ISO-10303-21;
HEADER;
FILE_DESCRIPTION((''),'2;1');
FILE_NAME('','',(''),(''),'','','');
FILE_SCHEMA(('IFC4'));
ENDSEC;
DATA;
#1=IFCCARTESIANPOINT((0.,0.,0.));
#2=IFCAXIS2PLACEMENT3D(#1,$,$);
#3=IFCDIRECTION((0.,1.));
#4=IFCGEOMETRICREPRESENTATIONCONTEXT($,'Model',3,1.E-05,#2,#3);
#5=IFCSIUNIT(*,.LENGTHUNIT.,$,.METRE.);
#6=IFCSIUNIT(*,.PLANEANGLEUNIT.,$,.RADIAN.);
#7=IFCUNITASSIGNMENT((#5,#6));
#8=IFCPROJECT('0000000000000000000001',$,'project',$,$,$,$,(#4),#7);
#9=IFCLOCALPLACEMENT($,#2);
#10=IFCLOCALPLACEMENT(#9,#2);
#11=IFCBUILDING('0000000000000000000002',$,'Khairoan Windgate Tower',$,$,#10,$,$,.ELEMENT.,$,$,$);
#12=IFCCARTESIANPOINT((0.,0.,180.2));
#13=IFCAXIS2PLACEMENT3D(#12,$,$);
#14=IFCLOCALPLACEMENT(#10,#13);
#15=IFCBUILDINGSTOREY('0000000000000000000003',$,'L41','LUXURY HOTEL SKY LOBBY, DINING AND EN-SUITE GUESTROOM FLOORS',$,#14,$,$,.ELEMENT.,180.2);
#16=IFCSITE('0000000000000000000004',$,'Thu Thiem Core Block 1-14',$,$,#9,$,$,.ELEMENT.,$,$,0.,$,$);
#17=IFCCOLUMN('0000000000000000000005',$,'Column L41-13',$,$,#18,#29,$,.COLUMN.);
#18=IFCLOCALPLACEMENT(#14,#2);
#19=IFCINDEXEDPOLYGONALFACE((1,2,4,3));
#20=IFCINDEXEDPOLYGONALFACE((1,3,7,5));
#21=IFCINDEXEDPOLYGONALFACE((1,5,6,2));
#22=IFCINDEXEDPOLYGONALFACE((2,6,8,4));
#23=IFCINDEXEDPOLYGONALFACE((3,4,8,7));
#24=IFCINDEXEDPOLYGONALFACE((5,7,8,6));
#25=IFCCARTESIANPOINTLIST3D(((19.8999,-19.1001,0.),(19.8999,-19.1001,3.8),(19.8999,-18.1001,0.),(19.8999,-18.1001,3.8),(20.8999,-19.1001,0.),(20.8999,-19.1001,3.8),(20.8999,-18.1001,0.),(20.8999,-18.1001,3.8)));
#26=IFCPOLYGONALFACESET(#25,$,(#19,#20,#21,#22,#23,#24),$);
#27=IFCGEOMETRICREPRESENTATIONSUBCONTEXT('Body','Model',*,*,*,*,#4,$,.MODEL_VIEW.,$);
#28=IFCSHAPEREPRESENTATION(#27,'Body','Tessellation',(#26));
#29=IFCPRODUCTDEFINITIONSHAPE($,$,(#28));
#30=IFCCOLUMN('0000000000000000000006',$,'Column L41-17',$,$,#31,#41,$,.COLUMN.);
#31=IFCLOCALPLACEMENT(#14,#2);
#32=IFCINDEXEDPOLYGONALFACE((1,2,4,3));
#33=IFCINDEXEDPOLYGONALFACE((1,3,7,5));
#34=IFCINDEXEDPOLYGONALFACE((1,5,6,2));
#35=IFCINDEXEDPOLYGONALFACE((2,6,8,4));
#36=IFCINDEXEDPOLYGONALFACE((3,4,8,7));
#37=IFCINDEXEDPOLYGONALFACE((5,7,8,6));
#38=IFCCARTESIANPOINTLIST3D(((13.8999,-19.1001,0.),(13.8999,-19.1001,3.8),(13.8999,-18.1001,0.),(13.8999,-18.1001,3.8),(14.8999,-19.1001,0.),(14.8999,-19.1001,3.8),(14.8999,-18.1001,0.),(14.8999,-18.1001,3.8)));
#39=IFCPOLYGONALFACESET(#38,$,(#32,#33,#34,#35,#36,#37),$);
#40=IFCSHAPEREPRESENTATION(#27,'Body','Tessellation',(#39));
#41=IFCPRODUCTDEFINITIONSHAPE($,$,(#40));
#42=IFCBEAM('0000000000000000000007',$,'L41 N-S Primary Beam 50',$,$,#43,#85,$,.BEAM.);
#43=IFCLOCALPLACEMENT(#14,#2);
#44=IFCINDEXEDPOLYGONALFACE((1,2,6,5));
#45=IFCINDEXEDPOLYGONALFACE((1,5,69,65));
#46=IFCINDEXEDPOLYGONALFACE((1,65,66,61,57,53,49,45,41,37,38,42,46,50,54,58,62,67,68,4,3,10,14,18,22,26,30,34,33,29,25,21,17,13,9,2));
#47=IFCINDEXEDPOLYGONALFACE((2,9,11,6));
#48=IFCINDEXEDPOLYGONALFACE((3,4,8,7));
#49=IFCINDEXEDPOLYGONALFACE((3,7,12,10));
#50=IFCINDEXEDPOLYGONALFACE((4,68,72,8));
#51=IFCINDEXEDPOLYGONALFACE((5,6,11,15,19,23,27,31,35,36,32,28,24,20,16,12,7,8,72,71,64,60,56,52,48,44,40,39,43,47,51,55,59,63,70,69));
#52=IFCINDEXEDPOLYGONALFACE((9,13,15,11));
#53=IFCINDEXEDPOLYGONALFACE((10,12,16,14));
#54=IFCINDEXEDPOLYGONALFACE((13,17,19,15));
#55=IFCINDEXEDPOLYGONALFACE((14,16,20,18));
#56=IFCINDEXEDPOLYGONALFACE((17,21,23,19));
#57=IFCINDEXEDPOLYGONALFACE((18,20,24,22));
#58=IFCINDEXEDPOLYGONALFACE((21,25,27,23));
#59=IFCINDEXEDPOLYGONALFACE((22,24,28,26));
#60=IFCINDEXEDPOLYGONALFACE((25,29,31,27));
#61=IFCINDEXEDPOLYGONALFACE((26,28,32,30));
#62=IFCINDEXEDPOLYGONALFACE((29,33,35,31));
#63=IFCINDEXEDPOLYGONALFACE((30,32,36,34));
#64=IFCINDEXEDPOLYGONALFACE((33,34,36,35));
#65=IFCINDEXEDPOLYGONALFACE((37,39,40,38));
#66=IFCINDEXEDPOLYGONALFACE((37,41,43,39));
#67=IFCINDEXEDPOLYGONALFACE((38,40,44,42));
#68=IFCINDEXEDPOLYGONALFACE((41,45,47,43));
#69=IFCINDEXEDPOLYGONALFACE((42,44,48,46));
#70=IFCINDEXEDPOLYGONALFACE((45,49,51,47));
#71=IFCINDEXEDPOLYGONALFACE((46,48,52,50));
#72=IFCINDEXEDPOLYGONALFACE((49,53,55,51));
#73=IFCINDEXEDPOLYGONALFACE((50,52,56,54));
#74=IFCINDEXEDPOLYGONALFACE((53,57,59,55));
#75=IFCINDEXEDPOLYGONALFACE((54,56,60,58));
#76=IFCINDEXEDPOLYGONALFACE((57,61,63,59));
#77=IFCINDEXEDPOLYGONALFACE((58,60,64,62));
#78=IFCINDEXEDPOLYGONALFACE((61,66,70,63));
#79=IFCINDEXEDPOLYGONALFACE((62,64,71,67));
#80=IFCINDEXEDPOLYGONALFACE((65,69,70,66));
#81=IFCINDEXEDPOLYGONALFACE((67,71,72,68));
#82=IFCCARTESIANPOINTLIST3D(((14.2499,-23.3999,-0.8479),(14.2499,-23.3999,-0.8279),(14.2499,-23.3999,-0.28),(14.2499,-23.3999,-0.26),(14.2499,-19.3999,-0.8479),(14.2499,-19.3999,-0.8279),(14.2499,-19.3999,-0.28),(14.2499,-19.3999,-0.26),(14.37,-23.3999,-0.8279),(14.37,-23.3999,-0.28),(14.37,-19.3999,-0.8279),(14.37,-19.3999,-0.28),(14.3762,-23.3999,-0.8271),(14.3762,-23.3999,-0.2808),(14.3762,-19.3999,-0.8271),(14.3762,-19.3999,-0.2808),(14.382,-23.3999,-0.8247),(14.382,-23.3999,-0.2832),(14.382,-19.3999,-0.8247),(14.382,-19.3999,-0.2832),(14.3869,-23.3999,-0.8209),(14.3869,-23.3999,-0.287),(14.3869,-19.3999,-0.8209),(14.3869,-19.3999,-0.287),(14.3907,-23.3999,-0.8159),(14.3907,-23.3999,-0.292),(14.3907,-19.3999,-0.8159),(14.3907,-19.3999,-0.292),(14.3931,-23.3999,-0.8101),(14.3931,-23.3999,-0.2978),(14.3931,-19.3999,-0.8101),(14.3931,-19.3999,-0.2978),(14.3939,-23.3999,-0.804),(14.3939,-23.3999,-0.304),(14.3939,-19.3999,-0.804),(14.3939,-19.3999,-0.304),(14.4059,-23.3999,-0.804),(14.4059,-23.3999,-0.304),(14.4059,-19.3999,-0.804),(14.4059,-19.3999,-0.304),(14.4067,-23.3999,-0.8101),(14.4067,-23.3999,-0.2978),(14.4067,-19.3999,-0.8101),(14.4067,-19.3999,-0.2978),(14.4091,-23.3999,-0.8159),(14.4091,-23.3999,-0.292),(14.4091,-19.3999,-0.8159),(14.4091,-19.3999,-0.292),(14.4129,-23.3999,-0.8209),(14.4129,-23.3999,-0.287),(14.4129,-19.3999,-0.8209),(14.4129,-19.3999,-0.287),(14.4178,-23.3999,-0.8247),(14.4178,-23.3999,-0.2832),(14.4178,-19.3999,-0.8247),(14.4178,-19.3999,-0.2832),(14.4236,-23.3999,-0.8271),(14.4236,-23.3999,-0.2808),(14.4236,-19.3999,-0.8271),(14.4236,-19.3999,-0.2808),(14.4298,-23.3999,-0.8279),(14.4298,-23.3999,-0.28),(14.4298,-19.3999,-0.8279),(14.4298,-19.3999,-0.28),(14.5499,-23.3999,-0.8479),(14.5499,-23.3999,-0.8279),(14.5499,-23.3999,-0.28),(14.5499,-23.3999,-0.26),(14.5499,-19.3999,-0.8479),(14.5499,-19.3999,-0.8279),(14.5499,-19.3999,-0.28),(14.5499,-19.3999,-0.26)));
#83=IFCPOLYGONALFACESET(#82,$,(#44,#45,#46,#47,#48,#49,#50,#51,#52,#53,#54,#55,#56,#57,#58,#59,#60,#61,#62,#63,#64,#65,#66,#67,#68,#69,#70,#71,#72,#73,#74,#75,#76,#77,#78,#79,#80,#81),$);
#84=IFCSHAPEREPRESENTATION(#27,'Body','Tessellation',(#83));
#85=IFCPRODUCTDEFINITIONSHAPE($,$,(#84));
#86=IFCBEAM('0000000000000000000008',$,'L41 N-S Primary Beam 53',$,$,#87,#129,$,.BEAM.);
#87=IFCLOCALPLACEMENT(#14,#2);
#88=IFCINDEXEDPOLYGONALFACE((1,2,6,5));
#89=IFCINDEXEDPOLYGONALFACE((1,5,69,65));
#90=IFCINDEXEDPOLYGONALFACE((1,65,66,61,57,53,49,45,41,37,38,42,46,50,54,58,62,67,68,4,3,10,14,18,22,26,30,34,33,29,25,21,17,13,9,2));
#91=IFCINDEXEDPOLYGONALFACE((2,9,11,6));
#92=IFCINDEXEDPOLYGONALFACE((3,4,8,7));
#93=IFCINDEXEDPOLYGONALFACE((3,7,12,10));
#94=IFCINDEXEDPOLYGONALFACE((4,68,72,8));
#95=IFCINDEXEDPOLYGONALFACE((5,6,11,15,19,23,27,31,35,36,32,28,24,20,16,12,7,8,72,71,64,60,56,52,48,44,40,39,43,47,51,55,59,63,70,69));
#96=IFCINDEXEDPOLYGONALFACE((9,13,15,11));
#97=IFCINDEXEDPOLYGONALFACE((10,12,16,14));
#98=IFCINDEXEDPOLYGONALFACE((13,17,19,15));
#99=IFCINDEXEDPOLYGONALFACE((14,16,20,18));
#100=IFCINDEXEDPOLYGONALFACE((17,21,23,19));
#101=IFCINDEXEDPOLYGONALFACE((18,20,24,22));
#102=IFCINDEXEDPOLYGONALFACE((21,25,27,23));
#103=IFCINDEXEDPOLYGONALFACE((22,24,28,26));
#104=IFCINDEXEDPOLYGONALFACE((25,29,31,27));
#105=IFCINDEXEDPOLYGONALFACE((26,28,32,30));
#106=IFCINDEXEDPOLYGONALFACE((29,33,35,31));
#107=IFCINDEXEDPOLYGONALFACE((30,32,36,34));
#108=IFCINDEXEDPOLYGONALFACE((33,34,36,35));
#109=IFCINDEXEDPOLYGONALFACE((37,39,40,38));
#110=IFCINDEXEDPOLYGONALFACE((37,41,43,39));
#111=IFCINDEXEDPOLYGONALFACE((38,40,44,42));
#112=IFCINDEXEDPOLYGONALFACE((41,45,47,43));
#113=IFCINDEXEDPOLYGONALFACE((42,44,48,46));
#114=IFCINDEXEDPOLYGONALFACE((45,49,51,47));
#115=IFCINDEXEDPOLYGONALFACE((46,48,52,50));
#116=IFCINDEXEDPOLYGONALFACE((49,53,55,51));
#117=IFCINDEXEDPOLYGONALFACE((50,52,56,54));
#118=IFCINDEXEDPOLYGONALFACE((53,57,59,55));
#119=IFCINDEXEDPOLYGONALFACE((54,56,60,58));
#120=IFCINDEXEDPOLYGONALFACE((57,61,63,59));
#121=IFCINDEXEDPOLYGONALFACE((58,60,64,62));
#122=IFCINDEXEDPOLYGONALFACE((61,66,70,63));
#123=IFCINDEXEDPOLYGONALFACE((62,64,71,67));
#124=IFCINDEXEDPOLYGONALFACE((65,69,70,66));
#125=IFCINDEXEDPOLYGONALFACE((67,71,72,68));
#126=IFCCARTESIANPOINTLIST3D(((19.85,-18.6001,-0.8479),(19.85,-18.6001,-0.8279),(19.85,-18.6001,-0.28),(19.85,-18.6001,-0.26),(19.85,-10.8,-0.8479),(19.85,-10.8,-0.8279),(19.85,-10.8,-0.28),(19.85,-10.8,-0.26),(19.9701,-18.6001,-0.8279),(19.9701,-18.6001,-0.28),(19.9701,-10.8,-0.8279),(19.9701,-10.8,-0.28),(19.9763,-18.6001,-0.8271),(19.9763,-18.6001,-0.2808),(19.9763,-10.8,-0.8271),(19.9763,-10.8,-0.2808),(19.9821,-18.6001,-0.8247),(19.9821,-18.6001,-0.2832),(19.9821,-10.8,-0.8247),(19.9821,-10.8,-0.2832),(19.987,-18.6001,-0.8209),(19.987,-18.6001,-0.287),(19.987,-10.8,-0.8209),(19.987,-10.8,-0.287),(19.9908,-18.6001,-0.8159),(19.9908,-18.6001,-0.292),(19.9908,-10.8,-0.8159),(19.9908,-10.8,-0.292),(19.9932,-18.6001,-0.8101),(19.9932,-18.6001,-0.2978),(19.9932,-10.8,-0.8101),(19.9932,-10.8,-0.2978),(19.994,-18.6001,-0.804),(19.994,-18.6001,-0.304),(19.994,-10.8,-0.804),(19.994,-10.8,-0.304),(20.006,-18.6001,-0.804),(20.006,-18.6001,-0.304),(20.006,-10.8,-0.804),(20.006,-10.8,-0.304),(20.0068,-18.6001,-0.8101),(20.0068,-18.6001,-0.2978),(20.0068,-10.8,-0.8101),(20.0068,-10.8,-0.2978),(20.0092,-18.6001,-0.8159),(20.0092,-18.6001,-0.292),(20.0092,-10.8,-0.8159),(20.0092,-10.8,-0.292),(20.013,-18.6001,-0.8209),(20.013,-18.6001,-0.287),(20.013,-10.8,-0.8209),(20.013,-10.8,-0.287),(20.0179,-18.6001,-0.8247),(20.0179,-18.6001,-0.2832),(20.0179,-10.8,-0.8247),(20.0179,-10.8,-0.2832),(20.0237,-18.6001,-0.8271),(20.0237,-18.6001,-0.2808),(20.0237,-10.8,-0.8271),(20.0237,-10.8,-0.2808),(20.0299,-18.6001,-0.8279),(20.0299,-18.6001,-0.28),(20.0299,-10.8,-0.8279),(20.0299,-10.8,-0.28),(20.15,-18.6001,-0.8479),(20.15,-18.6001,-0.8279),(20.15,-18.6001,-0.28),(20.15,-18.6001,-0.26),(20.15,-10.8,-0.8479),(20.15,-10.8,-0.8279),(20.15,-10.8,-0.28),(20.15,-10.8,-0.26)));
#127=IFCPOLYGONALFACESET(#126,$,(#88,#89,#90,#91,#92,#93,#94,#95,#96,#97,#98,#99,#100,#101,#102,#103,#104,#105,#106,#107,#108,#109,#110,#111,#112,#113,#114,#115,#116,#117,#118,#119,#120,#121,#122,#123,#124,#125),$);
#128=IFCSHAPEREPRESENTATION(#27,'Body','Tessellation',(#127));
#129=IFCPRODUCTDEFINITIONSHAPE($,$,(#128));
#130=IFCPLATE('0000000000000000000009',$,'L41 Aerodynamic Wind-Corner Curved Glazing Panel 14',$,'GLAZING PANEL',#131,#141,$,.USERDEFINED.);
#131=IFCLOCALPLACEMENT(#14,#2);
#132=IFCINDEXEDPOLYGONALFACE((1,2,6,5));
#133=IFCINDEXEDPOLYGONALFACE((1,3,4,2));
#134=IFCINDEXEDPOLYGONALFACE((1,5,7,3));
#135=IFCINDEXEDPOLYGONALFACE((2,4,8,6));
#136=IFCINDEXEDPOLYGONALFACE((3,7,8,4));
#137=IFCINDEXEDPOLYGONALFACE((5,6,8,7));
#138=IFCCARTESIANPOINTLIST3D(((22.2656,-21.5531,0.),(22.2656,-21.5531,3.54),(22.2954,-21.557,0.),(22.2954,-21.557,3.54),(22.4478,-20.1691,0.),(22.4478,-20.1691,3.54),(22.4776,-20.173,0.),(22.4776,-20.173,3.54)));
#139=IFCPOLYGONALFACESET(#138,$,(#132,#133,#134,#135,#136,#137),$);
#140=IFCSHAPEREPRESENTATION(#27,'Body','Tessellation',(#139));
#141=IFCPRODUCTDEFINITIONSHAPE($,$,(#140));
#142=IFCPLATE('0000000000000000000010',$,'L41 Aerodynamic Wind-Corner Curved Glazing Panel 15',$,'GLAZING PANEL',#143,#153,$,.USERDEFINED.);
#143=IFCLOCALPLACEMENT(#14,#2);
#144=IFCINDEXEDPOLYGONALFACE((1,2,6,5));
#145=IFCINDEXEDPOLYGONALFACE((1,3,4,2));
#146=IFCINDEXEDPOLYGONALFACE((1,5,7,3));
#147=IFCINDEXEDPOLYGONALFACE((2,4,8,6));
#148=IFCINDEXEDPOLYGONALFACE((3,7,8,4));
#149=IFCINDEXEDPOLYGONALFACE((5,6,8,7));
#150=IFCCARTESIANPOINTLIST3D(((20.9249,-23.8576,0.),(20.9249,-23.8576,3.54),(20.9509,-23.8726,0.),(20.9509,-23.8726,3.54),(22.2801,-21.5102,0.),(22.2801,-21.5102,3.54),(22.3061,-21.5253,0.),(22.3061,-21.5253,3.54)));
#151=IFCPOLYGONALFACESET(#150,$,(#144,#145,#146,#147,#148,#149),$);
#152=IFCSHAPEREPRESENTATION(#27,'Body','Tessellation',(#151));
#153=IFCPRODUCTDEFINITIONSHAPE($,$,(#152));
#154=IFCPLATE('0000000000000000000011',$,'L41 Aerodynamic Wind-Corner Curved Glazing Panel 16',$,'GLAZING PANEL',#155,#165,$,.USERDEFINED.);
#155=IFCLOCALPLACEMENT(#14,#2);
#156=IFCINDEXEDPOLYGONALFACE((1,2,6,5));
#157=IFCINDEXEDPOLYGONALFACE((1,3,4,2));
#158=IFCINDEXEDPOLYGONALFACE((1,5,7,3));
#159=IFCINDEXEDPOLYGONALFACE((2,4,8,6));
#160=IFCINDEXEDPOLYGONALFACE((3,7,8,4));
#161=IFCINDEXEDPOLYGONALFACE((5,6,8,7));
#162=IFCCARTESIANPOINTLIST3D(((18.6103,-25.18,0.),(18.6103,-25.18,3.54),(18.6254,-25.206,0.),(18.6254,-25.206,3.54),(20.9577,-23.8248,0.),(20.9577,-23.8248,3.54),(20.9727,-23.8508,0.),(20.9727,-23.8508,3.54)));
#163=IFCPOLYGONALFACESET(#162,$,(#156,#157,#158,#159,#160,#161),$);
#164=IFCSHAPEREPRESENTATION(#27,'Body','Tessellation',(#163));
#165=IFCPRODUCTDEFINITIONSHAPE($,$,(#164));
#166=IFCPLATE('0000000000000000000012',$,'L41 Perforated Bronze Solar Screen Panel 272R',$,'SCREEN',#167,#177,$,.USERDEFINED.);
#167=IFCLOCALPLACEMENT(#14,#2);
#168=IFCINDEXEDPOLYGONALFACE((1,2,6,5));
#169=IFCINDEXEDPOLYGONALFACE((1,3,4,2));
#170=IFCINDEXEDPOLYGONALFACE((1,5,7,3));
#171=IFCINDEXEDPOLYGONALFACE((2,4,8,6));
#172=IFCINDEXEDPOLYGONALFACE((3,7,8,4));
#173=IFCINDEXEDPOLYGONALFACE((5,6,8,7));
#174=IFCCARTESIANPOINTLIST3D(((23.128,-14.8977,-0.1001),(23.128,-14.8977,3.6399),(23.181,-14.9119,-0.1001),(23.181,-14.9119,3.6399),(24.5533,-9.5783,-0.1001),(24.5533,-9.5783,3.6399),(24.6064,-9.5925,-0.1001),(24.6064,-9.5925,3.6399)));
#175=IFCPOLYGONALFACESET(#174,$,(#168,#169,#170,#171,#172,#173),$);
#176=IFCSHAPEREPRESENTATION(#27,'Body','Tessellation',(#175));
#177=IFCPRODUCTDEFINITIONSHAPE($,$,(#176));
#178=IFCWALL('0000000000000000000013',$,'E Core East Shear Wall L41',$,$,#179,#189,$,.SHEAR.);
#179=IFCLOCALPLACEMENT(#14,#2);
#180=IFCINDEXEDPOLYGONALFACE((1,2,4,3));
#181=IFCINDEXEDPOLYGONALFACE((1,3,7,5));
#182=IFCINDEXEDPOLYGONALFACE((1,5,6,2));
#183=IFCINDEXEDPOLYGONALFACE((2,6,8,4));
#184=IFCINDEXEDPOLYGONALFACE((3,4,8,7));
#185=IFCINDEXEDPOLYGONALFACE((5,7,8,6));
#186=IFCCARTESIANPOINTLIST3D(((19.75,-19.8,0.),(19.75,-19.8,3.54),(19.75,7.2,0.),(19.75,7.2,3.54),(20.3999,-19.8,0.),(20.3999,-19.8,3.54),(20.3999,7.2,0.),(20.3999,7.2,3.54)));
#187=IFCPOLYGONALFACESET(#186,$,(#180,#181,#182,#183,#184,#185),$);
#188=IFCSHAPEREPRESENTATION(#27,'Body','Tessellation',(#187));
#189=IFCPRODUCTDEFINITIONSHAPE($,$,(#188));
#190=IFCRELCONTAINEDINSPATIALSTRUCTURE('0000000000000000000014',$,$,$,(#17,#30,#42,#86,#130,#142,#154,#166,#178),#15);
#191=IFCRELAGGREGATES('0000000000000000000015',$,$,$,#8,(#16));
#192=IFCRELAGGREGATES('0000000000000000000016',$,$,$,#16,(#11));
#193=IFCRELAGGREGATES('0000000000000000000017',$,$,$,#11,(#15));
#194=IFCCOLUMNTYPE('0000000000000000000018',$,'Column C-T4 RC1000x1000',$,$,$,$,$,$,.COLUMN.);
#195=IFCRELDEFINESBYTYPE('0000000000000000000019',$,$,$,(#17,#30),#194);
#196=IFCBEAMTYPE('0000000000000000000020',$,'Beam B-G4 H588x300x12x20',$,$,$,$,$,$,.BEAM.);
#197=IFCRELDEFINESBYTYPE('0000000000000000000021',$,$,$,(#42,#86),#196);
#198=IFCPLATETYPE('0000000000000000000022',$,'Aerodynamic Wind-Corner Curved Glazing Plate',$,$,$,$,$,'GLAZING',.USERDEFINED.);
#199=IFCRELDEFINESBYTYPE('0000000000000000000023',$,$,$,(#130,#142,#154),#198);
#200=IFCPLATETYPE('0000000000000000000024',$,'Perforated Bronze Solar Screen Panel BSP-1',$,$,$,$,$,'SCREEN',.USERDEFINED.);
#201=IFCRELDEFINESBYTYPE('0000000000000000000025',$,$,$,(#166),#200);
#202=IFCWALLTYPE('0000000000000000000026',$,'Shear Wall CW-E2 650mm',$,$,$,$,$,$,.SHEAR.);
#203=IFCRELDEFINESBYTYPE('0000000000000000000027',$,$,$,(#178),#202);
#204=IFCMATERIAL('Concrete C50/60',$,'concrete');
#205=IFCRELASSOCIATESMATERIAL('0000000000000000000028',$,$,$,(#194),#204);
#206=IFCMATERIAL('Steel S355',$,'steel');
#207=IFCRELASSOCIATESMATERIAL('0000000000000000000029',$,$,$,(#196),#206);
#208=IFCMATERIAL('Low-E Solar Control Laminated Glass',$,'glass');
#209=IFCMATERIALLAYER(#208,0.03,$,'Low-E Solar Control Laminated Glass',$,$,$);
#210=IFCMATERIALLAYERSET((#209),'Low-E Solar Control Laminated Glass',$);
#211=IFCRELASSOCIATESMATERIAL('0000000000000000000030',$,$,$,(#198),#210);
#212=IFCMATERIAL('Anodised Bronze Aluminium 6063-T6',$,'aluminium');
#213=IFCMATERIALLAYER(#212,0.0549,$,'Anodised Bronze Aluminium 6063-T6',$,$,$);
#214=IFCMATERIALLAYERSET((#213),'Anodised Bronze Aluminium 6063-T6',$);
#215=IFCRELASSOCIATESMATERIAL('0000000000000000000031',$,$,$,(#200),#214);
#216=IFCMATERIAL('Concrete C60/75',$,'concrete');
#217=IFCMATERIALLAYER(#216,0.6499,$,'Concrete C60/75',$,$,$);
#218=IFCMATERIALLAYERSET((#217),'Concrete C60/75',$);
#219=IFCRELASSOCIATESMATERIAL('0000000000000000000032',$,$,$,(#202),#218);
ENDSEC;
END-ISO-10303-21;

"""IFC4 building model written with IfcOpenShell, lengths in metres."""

from ifc_helpers import new_model, si_unit, direction, frame, frame_2d, origin, origin_2d, place, context, subcontext, project, spatial, rectangle, i_section, extrude, material, layer, layer_set, material_profile, profile_set, type_object, element, save


model = new_model("IFC4")

# Units and contexts
model_context = context("Model", 3, precision=1e-05, world=origin(), true_north=direction((0.0, 1.0)))
body_context = subcontext(model_context, "Body", "Model", "MODEL_VIEW")
ifc_project = project(units=[si_unit("LENGTHUNIT", "METRE"), si_unit("PLANEANGLEUNIT", "RADIAN")], contexts=[model_context])

# Site, building, storey
site_placement = place(None, origin())
site = spatial("IfcSite", under=ifc_project, at=site_placement, Name="Thu Thiem Core Block 1-14", CompositionType="ELEMENT", RefElevation=0.0)
building_placement = place(site_placement, origin())
building = spatial("IfcBuilding", under=site, at=building_placement, Name="Khairoan Windgate Tower", CompositionType="ELEMENT")
storey_placement = place(building_placement, frame((0.0, 0.0, 180.2)))
storey = spatial("IfcBuildingStorey", under=building, at=storey_placement, Name="L41", Description="LUXURY HOTEL SKY LOBBY, DINING AND EN-SUITE GUESTROOM FLOORS", CompositionType="ELEMENT", Elevation=180.2)

# Columns
ifc_material_1 = material(Name="Concrete C50/60", Category="concrete")
ifc_material_profile_1 = material_profile(ifc_material_1, rectangle(XDim=1.0, YDim=1.0, at=origin_2d()))
ifc_profile_set_1 = profile_set([ifc_material_profile_1], Name="Concrete C50/60")
column_type = type_object("IfcColumnType", Name="Column C-T4 RC1000x1000", PredefinedType="COLUMN", material=ifc_profile_set_1)
for number, where, z_axis, x_axis, name in (
    (1, (20.3999, -18.6001, 0.0), (0.0, 0.0, 1.0), (1.0, 0.0, 0.0), "Column L41-13"),
    (2, (14.3999, -18.6001, 0.0), (0.0, 0.0, 1.0), (1.0, 0.0, 0.0), "Column L41-17"),
):
    element("IfcColumn", number, at=place(storey_placement, frame(where, z_axis=z_axis, x_axis=x_axis)), inside=storey, type_object=column_type, Name=name, PredefinedType="COLUMN", context=body_context, shape_type="SweptSolid", body=[
        extrude(rectangle(XDim=1.0, YDim=1.0, at=origin_2d()), origin(), (0.0, 0.0, 1.0), 3.8),
    ])

# Beams
ifc_material_2 = material(Name="Steel S355", Category="steel")
ifc_material_profile_2 = material_profile(ifc_material_2, i_section(OverallWidth=0.3, OverallDepth=0.5879, WebThickness=0.012, FlangeThickness=0.02, FilletRadius=0.0239, at=origin_2d()))
ifc_profile_set_2 = profile_set([ifc_material_profile_2], Name="Steel S355")
beam_type = type_object("IfcBeamType", Name="Beam B-G4 H588x300x12x20", PredefinedType="BEAM", material=ifc_profile_set_2)
beam_1_placement = place(storey_placement, frame((14.3999, -23.3999, -0.554), z_axis=(0.0, 1.0, 0.0), x_axis=(-1.0, 0.0, 0.0)))
element("IfcBeam", 3, at=beam_1_placement, inside=storey, type_object=beam_type, Name="L41 N-S Primary Beam 50", PredefinedType="BEAM", context=body_context, shape_type="SweptSolid", body=[
    extrude(i_section(OverallWidth=0.3, OverallDepth=0.5879, WebThickness=0.012, FlangeThickness=0.02, FilletRadius=0.0239, at=origin_2d()), origin(), (0.0, 0.0, 1.0), 4.0),
])
beam_2_placement = place(storey_placement, frame((20.0, -18.6001, -0.554), z_axis=(0.0, 1.0, 0.0), x_axis=(-1.0, 0.0, 0.0)))
element("IfcBeam", 4, at=beam_2_placement, inside=storey, type_object=beam_type, Name="L41 N-S Primary Beam 53", PredefinedType="BEAM", context=body_context, shape_type="SweptSolid", body=[
    extrude(i_section(OverallWidth=0.3, OverallDepth=0.5879, WebThickness=0.012, FlangeThickness=0.02, FilletRadius=0.0239, at=origin_2d()), origin(), (0.0, 0.0, 1.0), 7.8),
])

# Plates
ifc_material_3 = material(Name="Low-E Solar Control Laminated Glass", Category="glass")
ifc_layer_1 = layer(ifc_material_3, 0.03, Name="Low-E Solar Control Laminated Glass")
ifc_layer_set_1 = layer_set([ifc_layer_1], Name="Low-E Solar Control Laminated Glass")
plate_type_1 = type_object("IfcPlateType", Name="Aerodynamic Wind-Corner Curved Glazing Plate", ElementType="GLAZING", PredefinedType="USERDEFINED", material=ifc_layer_set_1)
plate_1_placement = place(storey_placement, frame((22.3716, -20.863, 0.0), z_axis=(0.0, 0.0, 1.0), x_axis=(-0.130526, -0.991445, 0.0)))
element("IfcPlate", 5, at=plate_1_placement, inside=storey, type_object=plate_type_1, Name="L41 Aerodynamic Wind-Corner Curved Glazing Panel 14", ObjectType="GLAZING PANEL", PredefinedType="USERDEFINED", context=body_context, shape_type="SweptSolid", body=[
    extrude(rectangle(XDim=1.396, YDim=0.03, at=origin_2d()), origin(), (0.0, 0.0, 1.0), 3.54),
])
for number, where, z_axis, x_axis, name in (
    (6, (21.6155, -22.6914, 0.0), (0.0, 0.0, 1.0), (-0.5, -0.866025, 0.0), "L41 Aerodynamic Wind-Corner Curved Glazing Panel 15"),
    (7, (19.7915, -24.5154, 0.0), (0.0, 0.0, 1.0), (-0.866025, -0.5, 0.0), "L41 Aerodynamic Wind-Corner Curved Glazing Panel 16"),
):
    element("IfcPlate", number, at=place(storey_placement, frame(where, z_axis=z_axis, x_axis=x_axis)), inside=storey, type_object=plate_type_1, Name=name, ObjectType="GLAZING PANEL", PredefinedType="USERDEFINED", context=body_context, shape_type="SweptSolid", body=[
        extrude(rectangle(XDim=2.7104, YDim=0.03, at=origin_2d()), origin(), (0.0, 0.0, 1.0), 3.54),
    ])

# Plate
ifc_material_4 = material(Name="Anodised Bronze Aluminium 6063-T6", Category="aluminium")
ifc_layer_2 = layer(ifc_material_4, 0.0549, Name="Anodised Bronze Aluminium 6063-T6")
ifc_layer_set_2 = layer_set([ifc_layer_2], Name="Anodised Bronze Aluminium 6063-T6")
plate_type_2 = type_object("IfcPlateType", Name="Perforated Bronze Solar Screen Panel BSP-1", ElementType="SCREEN", PredefinedType="USERDEFINED", material=ifc_layer_set_2)
plate_2_placement = place(storey_placement, frame((23.8672, -12.2451, -0.1001), z_axis=(0.0, 0.0, 1.0), x_axis=(-0.258819, -0.965926, 0.0)))
element("IfcPlate", 8, at=plate_2_placement, inside=storey, type_object=plate_type_2, Name="L41 Perforated Bronze Solar Screen Panel 272R", ObjectType="SCREEN", PredefinedType="USERDEFINED", context=body_context, shape_type="SweptSolid", body=[
    extrude(rectangle(XDim=5.5071, YDim=0.0549, at=origin_2d()), origin(), (0.0, 0.0, 1.0), 3.74),
])

# Wall
ifc_material_5 = material(Name="Concrete C60/75", Category="concrete")
ifc_layer_3 = layer(ifc_material_5, 0.6499, Name="Concrete C60/75")
ifc_layer_set_3 = layer_set([ifc_layer_3], Name="Concrete C60/75")
wall_type_1 = type_object("IfcWallType", Name="Shear Wall CW-E2 650mm", PredefinedType="SHEAR", material=ifc_layer_set_3)
wall_1_placement = place(storey_placement, frame((20.075, -19.8, 0.0), z_axis=(0.0, 0.0, 1.0), x_axis=(0.0, 1.0, 0.0)))
element("IfcWall", 9, at=wall_1_placement, inside=storey, type_object=wall_type_1, Name="E Core East Shear Wall L41", PredefinedType="SHEAR", context=body_context, shape_type="SweptSolid", body=[
    extrude(rectangle(XDim=27.0, YDim=0.6499, at=frame_2d((13.5, 0.0))), origin(), (0.0, 0.0, 1.0), 3.54),
])

save(model, "model.ifc")
